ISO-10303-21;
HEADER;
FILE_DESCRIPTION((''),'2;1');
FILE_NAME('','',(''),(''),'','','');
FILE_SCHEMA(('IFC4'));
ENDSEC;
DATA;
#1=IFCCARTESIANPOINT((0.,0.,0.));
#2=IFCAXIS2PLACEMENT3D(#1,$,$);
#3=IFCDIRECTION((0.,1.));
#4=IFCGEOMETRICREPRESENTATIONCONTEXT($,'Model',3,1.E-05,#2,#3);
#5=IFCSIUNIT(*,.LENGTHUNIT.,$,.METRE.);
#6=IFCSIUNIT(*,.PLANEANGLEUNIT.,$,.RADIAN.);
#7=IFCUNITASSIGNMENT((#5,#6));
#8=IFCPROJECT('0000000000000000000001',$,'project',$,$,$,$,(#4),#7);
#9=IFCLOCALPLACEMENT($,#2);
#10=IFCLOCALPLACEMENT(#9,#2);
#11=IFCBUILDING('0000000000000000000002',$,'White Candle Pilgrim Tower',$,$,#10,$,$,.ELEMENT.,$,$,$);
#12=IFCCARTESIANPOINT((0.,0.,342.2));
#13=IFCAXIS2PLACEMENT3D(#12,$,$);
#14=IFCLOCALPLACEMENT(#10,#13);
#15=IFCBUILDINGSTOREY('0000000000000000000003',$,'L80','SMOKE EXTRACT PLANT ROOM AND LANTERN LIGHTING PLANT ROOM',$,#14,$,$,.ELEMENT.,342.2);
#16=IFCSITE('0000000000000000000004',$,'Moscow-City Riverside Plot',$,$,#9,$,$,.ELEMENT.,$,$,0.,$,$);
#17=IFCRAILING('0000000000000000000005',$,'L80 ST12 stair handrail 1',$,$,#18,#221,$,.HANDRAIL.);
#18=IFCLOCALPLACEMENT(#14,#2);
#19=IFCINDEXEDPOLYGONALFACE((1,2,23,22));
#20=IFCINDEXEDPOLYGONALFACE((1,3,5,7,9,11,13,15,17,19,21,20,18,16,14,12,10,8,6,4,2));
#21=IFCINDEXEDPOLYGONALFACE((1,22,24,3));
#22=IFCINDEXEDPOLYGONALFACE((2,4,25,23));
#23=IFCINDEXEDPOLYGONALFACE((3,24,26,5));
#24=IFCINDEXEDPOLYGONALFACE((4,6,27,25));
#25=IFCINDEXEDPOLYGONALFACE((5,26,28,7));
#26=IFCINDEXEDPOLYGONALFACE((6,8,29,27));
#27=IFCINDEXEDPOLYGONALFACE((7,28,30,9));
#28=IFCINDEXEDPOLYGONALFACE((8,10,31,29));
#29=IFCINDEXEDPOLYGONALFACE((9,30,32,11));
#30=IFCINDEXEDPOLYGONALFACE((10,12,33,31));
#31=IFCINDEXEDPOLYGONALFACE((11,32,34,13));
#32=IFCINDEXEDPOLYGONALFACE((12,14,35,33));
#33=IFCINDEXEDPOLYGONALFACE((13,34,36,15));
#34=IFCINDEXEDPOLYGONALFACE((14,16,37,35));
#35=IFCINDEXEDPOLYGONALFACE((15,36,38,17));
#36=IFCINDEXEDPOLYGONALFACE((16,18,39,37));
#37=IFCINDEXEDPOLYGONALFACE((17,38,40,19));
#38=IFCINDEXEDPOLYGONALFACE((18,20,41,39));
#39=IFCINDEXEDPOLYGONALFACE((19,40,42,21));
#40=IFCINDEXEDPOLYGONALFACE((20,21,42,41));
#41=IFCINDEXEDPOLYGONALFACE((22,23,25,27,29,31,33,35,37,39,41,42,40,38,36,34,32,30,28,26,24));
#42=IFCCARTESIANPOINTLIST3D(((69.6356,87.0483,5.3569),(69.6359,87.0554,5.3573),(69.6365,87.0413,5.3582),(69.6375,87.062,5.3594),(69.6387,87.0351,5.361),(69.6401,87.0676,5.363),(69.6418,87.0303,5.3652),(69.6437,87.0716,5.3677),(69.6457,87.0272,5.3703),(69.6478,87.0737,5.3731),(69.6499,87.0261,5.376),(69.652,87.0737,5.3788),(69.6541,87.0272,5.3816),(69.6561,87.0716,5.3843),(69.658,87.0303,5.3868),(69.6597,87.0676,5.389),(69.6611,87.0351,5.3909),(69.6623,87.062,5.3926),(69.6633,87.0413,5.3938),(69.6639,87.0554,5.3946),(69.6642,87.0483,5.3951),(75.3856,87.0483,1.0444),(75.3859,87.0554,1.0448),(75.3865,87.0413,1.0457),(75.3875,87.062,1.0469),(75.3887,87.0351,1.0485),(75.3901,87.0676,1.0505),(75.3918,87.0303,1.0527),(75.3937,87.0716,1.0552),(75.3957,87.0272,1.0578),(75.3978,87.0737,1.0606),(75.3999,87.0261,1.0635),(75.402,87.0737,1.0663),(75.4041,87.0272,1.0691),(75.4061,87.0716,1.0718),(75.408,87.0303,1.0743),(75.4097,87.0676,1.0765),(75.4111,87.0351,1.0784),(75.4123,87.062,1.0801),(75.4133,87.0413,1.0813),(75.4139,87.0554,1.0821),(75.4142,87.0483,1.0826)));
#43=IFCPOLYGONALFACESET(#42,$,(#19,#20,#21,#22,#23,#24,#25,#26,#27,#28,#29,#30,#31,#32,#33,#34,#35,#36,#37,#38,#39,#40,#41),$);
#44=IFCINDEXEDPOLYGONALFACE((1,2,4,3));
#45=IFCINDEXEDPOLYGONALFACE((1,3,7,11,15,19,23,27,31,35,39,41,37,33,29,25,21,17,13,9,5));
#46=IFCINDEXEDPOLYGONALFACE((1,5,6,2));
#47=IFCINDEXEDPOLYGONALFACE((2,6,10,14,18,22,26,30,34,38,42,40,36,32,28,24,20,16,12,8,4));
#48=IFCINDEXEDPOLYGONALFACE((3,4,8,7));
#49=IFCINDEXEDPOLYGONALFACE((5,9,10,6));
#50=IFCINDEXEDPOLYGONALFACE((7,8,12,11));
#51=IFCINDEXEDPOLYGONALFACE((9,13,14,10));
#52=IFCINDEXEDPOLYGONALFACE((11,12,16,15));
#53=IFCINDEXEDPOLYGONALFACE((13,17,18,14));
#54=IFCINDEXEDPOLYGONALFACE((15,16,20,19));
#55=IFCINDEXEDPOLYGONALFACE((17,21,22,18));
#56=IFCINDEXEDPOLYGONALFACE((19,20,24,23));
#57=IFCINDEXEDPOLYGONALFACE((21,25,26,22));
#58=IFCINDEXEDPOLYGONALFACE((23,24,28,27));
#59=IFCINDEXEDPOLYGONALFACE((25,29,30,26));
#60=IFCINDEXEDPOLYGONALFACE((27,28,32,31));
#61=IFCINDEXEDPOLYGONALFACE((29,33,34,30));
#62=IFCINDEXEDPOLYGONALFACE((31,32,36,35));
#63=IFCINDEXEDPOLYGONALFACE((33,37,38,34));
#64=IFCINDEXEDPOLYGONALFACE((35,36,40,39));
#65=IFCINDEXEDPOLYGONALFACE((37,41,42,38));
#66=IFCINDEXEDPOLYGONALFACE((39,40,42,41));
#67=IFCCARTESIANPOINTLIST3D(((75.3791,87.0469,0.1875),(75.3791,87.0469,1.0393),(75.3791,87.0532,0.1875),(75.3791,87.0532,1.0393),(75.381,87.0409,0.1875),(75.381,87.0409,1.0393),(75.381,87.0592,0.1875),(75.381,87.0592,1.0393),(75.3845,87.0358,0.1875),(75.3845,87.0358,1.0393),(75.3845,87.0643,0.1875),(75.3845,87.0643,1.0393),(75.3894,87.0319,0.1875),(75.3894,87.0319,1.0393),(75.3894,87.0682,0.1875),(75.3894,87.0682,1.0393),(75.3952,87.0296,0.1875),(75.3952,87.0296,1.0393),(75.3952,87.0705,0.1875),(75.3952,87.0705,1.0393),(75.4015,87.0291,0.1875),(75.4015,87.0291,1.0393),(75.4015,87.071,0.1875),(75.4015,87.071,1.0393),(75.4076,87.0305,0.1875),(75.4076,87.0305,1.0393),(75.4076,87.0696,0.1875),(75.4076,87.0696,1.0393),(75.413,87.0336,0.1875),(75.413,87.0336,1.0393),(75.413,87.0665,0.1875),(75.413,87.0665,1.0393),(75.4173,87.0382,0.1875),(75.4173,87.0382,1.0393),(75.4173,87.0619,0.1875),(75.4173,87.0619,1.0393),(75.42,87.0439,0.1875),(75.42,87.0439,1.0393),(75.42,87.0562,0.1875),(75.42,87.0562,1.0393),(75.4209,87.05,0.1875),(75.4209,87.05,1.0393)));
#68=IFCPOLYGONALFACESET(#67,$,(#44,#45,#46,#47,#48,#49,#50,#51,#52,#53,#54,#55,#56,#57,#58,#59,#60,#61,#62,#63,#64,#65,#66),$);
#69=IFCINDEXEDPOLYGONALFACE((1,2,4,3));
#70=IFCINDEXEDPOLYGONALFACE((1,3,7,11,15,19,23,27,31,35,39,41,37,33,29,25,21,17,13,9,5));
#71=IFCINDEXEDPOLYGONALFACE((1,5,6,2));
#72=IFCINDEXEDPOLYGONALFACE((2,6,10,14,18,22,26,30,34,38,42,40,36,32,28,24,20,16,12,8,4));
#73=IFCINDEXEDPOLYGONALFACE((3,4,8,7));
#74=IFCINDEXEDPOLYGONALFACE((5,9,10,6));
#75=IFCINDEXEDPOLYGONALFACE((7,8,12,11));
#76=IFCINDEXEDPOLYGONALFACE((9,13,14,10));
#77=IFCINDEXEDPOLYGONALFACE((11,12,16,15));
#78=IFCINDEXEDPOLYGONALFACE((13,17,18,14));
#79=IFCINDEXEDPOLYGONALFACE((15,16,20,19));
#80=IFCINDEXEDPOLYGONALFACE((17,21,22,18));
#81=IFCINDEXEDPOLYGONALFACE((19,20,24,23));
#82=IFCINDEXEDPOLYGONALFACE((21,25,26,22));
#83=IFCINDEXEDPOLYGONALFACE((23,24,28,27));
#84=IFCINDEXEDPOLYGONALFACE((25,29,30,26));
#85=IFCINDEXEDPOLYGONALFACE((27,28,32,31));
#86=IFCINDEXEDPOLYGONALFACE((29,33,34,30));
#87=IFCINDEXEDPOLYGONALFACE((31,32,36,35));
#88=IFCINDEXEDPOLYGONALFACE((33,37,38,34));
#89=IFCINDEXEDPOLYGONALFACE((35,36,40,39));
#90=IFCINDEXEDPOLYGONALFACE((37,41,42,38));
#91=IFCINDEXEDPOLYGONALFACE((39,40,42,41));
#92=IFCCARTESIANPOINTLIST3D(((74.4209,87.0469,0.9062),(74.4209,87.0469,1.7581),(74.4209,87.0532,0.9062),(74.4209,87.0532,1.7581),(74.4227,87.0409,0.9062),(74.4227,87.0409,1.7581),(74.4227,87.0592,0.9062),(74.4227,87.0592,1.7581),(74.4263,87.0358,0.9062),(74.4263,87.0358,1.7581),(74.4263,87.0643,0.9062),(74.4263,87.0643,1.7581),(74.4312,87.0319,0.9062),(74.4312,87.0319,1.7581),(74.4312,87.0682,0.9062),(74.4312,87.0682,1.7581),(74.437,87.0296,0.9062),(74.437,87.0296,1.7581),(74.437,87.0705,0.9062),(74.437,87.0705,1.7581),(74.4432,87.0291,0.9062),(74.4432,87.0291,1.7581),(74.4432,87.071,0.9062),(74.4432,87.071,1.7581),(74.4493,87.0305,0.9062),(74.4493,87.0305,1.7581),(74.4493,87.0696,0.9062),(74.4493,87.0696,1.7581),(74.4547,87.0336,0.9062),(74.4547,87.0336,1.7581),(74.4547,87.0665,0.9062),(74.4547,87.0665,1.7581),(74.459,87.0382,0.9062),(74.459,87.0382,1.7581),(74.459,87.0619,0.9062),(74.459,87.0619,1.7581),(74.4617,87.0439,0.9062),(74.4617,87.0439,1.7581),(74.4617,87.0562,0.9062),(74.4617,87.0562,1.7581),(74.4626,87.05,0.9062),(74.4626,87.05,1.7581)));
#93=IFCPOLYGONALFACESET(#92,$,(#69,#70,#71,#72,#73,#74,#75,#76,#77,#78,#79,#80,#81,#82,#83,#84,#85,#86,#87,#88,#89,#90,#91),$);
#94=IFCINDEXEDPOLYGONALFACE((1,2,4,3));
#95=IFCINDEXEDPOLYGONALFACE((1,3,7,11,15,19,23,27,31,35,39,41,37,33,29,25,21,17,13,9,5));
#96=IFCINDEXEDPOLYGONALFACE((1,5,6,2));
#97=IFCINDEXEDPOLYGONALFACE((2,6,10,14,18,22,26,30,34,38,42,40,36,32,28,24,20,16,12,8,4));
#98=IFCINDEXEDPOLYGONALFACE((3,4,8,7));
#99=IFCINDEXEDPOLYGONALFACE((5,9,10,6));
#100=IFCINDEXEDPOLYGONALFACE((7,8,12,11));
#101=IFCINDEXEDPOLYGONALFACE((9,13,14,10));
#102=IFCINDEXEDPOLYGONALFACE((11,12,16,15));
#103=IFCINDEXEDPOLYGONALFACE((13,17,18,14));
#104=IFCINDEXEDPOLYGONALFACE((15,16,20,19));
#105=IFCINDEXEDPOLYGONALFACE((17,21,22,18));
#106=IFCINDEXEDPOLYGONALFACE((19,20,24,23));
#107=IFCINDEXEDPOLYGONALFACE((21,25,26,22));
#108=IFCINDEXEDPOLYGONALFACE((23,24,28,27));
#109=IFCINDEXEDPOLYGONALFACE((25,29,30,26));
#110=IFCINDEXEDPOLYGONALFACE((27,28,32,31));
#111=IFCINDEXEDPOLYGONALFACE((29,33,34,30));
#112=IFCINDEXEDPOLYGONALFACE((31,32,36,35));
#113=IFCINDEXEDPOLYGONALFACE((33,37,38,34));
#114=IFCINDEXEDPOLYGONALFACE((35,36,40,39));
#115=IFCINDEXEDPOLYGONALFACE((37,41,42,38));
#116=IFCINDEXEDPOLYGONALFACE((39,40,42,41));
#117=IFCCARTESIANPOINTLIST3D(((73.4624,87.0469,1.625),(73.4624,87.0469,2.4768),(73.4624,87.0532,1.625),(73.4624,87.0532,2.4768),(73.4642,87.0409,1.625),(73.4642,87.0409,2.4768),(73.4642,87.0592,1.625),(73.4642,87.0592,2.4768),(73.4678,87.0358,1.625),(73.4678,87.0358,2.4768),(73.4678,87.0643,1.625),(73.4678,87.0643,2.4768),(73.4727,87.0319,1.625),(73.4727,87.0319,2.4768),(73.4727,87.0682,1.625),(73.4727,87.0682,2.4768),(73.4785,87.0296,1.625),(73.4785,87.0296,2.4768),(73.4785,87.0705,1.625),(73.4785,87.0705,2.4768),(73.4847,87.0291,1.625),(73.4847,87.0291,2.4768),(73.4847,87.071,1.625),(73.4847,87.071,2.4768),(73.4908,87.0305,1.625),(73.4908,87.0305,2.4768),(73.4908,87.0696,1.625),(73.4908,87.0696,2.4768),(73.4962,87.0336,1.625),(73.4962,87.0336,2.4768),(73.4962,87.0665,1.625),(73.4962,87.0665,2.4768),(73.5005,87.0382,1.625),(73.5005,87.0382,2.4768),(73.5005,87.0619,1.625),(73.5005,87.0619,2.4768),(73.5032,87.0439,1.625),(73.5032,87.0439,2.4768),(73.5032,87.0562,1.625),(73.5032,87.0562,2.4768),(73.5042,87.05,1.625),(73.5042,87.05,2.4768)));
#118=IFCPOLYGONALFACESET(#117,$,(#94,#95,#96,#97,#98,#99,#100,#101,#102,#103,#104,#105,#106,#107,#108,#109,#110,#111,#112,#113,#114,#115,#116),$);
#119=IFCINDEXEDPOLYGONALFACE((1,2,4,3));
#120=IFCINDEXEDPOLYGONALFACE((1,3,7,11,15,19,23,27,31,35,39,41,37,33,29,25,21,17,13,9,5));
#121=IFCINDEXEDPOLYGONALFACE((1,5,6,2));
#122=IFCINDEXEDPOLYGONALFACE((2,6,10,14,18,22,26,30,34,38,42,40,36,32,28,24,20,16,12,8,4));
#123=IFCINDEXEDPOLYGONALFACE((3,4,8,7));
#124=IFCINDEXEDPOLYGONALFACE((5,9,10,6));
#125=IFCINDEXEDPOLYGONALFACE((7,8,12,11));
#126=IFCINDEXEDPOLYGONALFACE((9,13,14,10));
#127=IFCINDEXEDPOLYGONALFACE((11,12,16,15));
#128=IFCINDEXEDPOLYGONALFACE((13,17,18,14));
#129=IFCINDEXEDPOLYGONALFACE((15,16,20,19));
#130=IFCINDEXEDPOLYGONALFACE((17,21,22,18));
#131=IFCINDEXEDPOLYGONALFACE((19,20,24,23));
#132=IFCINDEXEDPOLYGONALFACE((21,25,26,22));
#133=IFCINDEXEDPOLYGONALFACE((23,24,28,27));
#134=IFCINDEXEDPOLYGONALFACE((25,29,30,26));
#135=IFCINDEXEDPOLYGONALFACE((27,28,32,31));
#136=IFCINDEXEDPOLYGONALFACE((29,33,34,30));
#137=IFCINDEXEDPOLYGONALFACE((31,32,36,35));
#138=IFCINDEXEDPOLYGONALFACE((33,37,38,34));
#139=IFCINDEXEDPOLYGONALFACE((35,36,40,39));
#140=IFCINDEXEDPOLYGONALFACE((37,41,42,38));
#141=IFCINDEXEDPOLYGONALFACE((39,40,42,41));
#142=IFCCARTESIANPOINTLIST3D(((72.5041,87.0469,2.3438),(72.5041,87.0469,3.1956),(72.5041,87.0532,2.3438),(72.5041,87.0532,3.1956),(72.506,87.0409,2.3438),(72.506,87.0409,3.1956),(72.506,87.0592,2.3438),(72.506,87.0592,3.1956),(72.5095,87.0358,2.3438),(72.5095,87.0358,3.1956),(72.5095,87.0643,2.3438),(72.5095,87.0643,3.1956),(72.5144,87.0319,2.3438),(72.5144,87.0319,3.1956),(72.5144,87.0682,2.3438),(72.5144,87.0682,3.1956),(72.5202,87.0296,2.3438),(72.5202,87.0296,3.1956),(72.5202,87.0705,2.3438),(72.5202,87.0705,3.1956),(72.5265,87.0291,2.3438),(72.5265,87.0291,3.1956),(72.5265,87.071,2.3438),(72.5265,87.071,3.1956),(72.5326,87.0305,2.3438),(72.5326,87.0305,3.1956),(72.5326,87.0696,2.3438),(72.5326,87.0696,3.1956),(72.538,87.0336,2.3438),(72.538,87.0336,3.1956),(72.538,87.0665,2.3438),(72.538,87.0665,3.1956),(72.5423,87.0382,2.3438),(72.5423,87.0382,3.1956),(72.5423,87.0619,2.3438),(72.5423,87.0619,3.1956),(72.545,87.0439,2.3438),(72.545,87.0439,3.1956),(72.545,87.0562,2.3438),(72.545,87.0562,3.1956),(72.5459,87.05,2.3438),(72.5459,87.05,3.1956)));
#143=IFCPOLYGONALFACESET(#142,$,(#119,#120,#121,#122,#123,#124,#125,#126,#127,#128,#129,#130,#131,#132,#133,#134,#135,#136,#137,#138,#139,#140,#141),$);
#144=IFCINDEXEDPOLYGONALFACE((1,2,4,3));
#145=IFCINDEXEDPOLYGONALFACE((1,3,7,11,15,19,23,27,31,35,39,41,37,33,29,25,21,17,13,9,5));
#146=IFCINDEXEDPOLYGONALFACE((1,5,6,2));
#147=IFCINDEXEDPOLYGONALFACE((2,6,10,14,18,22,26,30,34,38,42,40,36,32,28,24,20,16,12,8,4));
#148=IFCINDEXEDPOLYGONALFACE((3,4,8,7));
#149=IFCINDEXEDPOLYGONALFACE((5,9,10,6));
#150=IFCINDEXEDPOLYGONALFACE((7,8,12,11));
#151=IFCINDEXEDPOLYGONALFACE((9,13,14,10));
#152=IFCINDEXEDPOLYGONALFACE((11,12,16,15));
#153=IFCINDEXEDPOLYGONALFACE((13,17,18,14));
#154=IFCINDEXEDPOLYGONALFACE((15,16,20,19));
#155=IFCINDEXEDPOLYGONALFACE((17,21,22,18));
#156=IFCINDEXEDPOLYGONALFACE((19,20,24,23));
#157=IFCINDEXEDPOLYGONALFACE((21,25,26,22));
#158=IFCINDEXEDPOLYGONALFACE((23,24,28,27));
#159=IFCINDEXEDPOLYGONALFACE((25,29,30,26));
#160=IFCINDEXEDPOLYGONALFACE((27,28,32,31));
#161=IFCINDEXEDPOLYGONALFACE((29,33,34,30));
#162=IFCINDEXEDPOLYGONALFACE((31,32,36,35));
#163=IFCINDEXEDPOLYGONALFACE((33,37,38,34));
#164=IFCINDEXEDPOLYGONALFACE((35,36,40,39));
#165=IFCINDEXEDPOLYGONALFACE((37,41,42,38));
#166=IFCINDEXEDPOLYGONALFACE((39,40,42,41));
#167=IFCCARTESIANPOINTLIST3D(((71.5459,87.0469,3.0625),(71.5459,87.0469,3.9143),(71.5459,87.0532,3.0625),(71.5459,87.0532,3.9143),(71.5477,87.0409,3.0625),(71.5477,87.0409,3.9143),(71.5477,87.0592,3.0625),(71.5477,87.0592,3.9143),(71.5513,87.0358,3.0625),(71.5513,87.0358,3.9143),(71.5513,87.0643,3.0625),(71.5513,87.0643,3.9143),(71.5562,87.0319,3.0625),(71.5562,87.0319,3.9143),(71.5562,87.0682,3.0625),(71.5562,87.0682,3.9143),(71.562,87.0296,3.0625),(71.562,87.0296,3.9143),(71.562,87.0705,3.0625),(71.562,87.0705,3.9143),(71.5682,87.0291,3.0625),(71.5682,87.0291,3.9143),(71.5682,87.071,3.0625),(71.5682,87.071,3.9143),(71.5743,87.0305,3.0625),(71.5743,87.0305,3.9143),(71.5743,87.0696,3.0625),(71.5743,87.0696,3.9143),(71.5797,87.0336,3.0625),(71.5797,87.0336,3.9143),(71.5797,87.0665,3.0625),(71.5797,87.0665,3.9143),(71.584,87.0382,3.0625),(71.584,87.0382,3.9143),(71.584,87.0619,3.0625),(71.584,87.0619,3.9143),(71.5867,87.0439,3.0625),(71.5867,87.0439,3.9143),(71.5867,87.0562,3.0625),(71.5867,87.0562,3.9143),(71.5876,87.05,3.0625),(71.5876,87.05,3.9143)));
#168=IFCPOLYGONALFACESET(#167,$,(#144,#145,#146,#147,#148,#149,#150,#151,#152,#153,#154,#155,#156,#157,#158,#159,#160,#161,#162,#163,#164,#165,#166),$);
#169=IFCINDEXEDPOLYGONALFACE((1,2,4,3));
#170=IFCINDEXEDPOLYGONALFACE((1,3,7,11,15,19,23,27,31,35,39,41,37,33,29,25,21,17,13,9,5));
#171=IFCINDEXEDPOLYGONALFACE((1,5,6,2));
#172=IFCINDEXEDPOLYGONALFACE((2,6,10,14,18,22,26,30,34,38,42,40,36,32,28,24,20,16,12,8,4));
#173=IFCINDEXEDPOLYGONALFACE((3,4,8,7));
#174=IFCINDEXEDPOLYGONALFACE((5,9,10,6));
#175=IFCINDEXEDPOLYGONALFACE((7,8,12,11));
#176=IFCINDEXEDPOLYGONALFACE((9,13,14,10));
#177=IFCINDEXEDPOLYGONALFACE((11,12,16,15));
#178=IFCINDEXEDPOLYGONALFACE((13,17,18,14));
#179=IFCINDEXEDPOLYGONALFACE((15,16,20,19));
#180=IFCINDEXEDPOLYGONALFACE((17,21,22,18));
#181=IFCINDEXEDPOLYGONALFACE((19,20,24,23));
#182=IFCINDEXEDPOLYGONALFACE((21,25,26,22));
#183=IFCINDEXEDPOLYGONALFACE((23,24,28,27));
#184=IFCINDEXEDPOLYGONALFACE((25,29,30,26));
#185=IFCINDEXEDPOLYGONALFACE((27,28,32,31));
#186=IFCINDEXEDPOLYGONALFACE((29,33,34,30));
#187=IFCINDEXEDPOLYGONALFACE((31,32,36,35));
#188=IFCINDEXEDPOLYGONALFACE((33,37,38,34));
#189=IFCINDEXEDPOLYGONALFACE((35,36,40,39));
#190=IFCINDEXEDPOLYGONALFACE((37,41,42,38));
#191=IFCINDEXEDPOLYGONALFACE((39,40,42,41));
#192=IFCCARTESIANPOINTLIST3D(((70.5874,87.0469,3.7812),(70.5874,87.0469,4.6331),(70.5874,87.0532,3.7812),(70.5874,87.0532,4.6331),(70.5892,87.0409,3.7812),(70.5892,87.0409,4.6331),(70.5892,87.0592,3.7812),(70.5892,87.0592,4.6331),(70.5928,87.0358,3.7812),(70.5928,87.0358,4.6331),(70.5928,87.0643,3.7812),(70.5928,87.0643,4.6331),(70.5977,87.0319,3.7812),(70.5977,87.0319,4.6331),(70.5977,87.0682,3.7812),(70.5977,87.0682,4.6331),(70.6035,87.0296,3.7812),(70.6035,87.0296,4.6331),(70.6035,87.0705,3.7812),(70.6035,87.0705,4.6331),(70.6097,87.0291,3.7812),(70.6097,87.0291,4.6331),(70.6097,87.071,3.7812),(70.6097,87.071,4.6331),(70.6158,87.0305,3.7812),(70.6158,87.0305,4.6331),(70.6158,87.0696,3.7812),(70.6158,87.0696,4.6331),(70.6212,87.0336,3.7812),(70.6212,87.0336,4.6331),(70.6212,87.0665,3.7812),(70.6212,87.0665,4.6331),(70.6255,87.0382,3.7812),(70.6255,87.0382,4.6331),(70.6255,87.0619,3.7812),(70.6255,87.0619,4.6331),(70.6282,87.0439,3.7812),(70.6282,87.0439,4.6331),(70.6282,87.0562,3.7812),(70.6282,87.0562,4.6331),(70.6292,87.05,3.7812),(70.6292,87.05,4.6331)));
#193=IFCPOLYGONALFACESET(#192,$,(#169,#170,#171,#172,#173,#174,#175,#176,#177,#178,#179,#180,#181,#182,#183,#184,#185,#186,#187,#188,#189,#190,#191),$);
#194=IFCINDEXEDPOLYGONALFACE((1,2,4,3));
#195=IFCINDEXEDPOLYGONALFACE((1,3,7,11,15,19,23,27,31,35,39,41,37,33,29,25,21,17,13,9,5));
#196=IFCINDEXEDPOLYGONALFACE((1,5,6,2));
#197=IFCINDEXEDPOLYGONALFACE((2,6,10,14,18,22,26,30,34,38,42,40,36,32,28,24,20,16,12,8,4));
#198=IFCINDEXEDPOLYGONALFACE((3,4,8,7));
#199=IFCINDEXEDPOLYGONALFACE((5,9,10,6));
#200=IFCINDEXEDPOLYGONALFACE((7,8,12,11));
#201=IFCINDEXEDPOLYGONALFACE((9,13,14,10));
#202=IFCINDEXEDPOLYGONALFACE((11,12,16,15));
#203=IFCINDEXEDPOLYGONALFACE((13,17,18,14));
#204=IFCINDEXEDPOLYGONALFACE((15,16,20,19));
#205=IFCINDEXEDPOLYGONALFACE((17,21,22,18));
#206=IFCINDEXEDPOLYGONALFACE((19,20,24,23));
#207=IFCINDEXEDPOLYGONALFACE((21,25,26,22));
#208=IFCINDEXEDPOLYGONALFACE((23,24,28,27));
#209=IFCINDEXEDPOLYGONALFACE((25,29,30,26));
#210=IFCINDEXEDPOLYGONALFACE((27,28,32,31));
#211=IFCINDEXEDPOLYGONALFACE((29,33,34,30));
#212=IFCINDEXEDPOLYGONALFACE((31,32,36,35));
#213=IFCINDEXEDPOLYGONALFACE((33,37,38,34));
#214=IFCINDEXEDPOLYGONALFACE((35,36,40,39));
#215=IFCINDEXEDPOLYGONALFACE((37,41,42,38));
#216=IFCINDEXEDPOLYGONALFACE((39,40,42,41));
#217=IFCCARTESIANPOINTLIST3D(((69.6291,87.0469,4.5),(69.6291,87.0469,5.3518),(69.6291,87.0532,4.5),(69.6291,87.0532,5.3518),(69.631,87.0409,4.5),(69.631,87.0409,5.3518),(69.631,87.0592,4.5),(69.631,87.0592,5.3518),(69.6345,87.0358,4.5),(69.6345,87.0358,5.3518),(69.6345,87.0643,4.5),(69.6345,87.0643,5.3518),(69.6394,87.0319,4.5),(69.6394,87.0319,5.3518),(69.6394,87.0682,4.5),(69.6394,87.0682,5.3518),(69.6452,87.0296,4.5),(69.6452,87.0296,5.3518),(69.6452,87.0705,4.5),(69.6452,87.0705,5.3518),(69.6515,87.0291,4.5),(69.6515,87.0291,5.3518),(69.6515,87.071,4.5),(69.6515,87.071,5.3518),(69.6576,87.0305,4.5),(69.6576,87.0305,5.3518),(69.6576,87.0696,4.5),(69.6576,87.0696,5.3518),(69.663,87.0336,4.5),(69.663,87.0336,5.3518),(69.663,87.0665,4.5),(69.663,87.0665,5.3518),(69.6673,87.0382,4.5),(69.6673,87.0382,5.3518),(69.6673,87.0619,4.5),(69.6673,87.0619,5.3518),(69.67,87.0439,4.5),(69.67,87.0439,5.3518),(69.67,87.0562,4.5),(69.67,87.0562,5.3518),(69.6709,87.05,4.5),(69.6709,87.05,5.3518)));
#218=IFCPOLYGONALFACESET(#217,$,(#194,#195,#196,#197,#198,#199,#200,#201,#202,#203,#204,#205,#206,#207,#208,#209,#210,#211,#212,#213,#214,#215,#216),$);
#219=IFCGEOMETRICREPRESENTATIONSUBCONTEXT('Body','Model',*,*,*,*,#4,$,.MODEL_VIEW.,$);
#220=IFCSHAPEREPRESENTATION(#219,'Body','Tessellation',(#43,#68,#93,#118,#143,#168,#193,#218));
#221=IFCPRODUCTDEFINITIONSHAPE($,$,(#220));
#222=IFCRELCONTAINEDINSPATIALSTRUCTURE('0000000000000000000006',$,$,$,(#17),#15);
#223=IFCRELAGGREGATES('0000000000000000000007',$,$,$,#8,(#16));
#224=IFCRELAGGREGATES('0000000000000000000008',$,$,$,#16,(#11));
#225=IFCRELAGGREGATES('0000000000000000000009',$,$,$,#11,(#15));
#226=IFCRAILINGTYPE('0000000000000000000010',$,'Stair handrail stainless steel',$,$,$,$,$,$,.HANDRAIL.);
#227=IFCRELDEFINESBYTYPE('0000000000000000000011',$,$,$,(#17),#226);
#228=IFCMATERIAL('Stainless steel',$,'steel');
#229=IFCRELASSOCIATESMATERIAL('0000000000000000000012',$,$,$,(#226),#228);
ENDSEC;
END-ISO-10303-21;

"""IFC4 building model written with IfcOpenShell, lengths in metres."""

from ifc_helpers import new_model, si_unit, direction, frame, origin, origin_2d, place, context, subcontext, project, spatial, circle, extrude, material, type_object, element, save


model = new_model("IFC4")

# Units and contexts
model_context = context("Model", 3, precision=1e-05, world=origin(), true_north=direction((0.0, 1.0)))
body_context = subcontext(model_context, "Body", "Model", "MODEL_VIEW")
ifc_project = project(units=[si_unit("LENGTHUNIT", "METRE"), si_unit("PLANEANGLEUNIT", "RADIAN")], contexts=[model_context])

# Site, building, storey
site_placement = place(None, origin())
site = spatial("IfcSite", under=ifc_project, at=site_placement, Name="Moscow-City Riverside Plot", CompositionType="ELEMENT", RefElevation=0.0)
building_placement = place(site_placement, origin())
building = spatial("IfcBuilding", under=site, at=building_placement, Name="White Candle Pilgrim Tower", CompositionType="ELEMENT")
storey_placement = place(building_placement, frame((0.0, 0.0, 342.2)))
storey = spatial("IfcBuildingStorey", under=building, at=storey_placement, Name="L80", Description="SMOKE EXTRACT PLANT ROOM AND LANTERN LIGHTING PLANT ROOM", CompositionType="ELEMENT", Elevation=342.2)

# Railing
ifc_material_1 = material(Name="Stainless steel", Category="steel")
railing_type = type_object("IfcRailingType", Name="Stair handrail stainless steel", PredefinedType="HANDRAIL", material=ifc_material_1)
railing_1_placement = place(storey_placement, frame((75.3999, 87.05, 0.1875)))
element("IfcRailing", 1, at=railing_1_placement, inside=storey, type_object=railing_type, Name="L80 ST12 stair handrail 1", PredefinedType="HANDRAIL", context=body_context, shape_type="SweptSolid", body=[
    extrude(circle(Radius=0.0239, at=origin_2d()), frame((0.0, 0.0, 0.876), z_axis=(-0.8, 0.0, 0.6), x_axis=(0.0, -1.0, 0.0)), (0.0, 0.0, 1.0), 7.1875),
    extrude(circle(Radius=0.021, at=origin_2d()), origin(), (0.0, 0.0, 1.0), 0.8518),
    extrude(circle(Radius=0.021, at=origin_2d()), frame((-0.9583, 0.0, 0.7188)), (0.0, 0.0, 1.0), 0.8518),
    extrude(circle(Radius=0.021, at=origin_2d()), frame((-1.9167, 0.0, 1.4375)), (0.0, 0.0, 1.0), 0.8518),
    extrude(circle(Radius=0.021, at=origin_2d()), frame((-2.875, 0.0, 2.1562)), (0.0, 0.0, 1.0), 0.8518),
    extrude(circle(Radius=0.021, at=origin_2d()), frame((-3.8333, 0.0, 2.875)), (0.0, 0.0, 1.0), 0.8518),
    extrude(circle(Radius=0.021, at=origin_2d()), frame((-4.7917, 0.0, 3.5938)), (0.0, 0.0, 1.0), 0.8518),
    extrude(circle(Radius=0.021, at=origin_2d()), frame((-5.75, 0.0, 4.3125)), (0.0, 0.0, 1.0), 0.8518),
])

save(model, "model.ifc")
